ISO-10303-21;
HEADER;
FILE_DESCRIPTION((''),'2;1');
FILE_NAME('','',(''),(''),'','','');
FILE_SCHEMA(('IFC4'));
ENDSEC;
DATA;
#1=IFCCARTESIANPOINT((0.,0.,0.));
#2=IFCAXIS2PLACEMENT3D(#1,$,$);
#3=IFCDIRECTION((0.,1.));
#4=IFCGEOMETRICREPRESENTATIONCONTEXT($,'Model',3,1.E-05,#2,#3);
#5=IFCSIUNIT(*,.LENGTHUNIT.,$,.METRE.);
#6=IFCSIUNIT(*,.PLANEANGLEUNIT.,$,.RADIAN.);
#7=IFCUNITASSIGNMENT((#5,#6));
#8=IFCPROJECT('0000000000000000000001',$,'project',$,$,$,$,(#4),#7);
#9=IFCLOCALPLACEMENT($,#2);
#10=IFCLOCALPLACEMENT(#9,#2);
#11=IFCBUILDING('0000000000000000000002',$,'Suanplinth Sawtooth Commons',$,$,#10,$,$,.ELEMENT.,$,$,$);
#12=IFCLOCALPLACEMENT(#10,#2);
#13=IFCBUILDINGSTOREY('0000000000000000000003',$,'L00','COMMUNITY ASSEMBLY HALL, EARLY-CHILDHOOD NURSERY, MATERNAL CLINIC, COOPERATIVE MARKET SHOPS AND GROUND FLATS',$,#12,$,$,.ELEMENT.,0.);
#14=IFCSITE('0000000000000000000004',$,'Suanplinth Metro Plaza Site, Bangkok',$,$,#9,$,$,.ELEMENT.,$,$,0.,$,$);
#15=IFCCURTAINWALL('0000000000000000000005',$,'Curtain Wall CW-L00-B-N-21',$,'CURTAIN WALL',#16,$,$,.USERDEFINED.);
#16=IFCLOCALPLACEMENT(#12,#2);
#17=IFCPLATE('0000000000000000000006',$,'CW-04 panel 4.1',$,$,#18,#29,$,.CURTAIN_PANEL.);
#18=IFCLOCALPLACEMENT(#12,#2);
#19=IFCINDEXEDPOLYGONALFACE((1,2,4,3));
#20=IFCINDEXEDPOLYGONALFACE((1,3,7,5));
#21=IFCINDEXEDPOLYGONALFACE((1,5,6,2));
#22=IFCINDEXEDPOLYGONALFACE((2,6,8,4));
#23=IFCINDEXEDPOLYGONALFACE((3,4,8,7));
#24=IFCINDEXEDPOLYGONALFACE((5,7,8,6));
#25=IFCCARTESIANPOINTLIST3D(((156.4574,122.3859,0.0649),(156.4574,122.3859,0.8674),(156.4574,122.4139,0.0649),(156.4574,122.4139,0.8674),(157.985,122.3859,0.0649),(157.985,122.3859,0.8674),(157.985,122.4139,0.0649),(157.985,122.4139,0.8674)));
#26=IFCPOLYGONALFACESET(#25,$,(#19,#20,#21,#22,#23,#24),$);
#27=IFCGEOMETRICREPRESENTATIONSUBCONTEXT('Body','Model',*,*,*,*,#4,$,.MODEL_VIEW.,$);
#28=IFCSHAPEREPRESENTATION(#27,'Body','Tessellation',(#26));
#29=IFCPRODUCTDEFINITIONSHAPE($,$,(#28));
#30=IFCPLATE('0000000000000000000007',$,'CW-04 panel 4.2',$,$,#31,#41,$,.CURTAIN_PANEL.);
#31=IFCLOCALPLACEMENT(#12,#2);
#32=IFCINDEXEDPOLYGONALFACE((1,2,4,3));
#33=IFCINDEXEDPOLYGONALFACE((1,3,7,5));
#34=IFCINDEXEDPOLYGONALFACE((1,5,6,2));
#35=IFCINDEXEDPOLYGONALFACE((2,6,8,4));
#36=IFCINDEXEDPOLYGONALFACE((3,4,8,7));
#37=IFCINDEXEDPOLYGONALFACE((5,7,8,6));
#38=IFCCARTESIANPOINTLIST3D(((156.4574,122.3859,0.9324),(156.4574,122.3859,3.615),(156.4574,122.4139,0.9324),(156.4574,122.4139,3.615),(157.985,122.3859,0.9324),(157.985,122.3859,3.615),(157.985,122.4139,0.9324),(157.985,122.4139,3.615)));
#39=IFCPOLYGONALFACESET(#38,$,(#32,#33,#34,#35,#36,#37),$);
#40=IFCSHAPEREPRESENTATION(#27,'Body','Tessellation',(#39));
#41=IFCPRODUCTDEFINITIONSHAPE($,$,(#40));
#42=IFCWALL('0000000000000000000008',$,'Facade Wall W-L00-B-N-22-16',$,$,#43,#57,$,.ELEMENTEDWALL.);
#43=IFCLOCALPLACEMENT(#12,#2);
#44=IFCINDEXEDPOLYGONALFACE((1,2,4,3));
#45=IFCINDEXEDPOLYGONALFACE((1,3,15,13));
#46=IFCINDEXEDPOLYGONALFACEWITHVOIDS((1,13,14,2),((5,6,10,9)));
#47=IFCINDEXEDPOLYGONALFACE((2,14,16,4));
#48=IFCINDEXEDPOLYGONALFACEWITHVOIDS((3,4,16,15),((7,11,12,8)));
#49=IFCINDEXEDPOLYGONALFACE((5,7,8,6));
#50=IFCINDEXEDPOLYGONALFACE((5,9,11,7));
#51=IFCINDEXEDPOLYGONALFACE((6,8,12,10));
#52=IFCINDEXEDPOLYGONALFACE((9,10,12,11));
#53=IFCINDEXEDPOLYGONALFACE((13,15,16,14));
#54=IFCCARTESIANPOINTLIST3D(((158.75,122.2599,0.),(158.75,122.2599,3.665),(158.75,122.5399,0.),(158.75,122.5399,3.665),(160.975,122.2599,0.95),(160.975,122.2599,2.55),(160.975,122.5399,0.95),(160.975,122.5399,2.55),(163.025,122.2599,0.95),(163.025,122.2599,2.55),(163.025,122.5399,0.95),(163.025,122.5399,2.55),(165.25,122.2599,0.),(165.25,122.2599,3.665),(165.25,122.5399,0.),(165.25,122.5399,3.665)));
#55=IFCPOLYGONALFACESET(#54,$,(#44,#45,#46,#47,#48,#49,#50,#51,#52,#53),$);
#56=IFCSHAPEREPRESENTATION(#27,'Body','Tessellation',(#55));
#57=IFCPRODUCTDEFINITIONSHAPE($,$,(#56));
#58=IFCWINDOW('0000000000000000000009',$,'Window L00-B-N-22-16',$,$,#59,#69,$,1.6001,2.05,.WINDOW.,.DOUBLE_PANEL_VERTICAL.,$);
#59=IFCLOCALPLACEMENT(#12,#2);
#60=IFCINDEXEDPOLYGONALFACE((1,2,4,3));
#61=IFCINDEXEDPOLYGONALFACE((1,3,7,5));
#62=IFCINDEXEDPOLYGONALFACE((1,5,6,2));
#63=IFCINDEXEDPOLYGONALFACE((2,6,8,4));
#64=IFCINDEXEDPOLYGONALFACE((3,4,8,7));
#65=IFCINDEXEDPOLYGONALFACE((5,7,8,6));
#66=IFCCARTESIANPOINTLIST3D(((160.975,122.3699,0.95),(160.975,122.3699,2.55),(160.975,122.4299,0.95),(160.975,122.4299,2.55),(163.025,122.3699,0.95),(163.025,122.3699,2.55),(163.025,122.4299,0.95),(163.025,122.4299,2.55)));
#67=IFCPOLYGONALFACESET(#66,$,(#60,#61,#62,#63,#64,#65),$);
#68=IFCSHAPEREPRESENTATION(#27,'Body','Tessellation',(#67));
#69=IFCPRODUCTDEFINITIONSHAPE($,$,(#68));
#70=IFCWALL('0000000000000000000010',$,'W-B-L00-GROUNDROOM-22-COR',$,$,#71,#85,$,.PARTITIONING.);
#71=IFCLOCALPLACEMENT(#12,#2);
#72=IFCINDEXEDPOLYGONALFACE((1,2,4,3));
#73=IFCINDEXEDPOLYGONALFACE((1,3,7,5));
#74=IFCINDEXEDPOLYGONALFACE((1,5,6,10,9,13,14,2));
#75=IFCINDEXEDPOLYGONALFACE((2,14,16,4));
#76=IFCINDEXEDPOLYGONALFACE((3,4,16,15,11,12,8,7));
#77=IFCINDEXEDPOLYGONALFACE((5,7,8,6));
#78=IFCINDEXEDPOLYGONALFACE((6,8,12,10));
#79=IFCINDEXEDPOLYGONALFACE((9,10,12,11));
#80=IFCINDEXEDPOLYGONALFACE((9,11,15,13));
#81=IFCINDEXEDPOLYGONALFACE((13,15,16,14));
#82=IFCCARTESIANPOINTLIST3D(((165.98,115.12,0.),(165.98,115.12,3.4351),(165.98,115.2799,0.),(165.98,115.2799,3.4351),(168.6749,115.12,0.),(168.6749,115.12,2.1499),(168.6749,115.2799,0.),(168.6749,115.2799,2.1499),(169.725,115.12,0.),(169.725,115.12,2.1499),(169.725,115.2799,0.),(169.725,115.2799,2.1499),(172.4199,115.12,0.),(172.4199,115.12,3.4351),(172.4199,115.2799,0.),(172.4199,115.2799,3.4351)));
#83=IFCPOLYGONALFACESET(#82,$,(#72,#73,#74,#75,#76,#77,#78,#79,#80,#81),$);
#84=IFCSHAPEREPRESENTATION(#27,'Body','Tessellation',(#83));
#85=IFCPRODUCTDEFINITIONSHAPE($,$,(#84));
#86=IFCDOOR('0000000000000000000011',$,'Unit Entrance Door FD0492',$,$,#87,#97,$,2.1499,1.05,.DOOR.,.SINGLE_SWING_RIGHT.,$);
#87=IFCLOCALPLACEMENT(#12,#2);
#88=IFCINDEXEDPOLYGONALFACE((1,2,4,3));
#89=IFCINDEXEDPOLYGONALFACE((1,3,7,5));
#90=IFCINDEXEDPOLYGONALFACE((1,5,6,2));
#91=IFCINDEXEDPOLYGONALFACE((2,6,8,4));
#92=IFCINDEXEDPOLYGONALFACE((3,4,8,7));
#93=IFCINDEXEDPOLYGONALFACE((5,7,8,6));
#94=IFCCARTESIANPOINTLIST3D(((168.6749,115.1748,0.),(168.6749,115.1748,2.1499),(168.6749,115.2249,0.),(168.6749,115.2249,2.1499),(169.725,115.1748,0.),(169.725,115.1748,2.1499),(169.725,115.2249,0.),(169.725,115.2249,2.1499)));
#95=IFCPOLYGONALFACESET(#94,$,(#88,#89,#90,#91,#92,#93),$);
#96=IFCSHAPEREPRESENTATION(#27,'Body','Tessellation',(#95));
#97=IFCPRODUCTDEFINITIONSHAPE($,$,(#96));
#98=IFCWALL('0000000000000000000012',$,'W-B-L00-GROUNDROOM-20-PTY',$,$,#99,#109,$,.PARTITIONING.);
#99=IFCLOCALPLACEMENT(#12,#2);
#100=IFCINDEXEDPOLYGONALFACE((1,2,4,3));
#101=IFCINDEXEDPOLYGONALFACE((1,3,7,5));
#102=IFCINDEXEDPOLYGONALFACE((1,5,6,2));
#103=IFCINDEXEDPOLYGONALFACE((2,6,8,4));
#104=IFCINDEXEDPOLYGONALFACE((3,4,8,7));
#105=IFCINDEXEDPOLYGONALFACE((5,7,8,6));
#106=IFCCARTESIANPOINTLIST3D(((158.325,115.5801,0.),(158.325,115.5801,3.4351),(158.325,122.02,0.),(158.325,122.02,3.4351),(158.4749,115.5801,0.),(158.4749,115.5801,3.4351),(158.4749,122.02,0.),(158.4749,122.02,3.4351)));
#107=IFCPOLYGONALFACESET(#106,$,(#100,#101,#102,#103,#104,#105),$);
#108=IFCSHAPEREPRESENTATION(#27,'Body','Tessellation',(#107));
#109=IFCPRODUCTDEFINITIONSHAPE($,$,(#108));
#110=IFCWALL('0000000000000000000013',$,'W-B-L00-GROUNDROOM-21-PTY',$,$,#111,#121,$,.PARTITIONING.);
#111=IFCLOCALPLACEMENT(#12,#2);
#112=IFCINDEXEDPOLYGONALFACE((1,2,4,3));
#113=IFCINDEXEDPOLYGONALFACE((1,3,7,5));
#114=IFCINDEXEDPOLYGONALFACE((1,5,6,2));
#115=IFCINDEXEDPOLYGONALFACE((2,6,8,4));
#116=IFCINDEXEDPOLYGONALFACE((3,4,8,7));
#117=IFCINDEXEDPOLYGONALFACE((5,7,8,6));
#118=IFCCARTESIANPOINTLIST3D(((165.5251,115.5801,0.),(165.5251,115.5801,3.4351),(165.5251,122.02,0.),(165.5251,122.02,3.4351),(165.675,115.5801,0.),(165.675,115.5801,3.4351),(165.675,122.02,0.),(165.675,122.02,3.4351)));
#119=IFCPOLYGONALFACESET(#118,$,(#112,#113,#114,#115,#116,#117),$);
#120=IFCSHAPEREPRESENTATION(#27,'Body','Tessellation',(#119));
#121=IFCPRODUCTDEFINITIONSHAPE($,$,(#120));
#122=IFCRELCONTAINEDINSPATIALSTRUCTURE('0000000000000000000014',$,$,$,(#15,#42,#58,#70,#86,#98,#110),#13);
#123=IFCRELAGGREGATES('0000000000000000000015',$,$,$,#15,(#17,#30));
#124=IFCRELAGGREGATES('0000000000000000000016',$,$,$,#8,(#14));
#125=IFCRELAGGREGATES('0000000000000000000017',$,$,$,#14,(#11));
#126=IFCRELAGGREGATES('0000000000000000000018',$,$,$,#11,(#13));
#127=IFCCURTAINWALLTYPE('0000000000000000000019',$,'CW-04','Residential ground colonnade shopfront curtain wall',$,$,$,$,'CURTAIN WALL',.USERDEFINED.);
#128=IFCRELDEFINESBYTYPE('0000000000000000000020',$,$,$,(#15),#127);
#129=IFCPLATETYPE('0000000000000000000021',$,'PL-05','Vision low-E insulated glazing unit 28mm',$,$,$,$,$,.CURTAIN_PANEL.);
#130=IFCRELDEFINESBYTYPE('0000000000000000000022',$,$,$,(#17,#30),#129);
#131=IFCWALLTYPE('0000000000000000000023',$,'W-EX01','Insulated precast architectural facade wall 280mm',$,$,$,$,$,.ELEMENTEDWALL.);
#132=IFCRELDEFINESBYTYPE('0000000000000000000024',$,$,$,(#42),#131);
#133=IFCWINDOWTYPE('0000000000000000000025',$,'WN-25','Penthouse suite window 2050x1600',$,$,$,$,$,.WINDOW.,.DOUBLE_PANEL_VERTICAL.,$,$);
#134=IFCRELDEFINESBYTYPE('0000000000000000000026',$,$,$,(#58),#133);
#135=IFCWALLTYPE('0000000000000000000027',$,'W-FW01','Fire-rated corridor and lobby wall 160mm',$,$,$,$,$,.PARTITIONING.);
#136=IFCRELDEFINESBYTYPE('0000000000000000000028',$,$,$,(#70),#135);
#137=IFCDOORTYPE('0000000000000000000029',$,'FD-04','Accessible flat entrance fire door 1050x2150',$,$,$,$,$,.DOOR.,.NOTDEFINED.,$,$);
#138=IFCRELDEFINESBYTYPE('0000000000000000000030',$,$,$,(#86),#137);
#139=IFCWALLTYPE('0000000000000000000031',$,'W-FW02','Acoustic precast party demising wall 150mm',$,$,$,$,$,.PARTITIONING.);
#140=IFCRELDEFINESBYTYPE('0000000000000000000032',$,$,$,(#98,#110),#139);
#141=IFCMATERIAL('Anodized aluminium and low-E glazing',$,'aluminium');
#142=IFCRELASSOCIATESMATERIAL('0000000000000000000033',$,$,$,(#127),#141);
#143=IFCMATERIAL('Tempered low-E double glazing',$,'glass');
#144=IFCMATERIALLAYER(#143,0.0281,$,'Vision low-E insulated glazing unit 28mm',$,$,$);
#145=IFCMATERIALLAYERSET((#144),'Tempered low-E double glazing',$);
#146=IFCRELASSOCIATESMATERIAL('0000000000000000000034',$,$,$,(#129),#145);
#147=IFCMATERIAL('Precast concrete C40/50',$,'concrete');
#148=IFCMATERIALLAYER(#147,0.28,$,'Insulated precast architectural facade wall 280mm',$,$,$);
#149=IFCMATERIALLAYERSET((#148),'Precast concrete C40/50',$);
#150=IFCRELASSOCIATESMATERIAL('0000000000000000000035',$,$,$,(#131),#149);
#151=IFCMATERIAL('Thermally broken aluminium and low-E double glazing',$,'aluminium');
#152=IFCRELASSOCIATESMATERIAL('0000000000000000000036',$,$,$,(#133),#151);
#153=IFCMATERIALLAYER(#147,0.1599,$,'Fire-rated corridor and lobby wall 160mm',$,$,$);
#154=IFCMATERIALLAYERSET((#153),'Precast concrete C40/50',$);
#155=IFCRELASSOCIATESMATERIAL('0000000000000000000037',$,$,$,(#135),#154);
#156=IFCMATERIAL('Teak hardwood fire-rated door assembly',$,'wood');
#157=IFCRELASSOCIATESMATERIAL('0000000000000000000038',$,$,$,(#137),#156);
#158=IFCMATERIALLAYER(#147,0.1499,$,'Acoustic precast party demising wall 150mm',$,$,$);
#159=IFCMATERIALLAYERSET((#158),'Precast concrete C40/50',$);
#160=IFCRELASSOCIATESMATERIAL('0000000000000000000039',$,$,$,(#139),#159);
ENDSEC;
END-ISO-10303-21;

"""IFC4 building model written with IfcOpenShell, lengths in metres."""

from ifc_helpers import new_model, si_unit, direction, frame, frame_2d, origin, origin_2d, place, context, subcontext, project, spatial, rectangle, extrude, material, layer, layer_set, type_object, element, fill, aggregate, save


model = new_model("IFC4")

# Units and contexts
model_context = context("Model", 3, precision=1e-05, world=origin(), true_north=direction((0.0, 1.0)))
body_context = subcontext(model_context, "Body", "Model", "MODEL_VIEW")
ifc_project = project(units=[si_unit("LENGTHUNIT", "METRE"), si_unit("PLANEANGLEUNIT", "RADIAN")], contexts=[model_context])

# Site, building, storey
site_placement = place(None, origin())
site = spatial("IfcSite", under=ifc_project, at=site_placement, Name="Suanplinth Metro Plaza Site, Bangkok", CompositionType="ELEMENT", RefElevation=0.0)
building_placement = place(site_placement, origin())
building = spatial("IfcBuilding", under=site, at=building_placement, Name="Suanplinth Sawtooth Commons", CompositionType="ELEMENT")
storey_placement = place(building_placement, origin())
storey = spatial("IfcBuildingStorey", under=building, at=storey_placement, Name="L00", Description="COMMUNITY ASSEMBLY HALL, EARLY-CHILDHOOD NURSERY, MATERNAL CLINIC, COOPERATIVE MARKET SHOPS AND GROUND FLATS", CompositionType="ELEMENT", Elevation=0.0)

# Shared definitions
ifc_material_1 = material(Name="Precast concrete C40/50", Category="concrete")

# Curtain wall
ifc_material_2 = material(Name="Anodized aluminium and low-E glazing", Category="aluminium")
curtain_wall_type = type_object("IfcCurtainWallType", Name="CW-04", Description="Residential ground colonnade shopfront curtain wall", ElementType="CURTAIN WALL", PredefinedType="USERDEFINED", material=ifc_material_2)
curtain_wall_1_placement = place(storey_placement, origin())
curtain_wall_1 = element("IfcCurtainWall", 1, at=curtain_wall_1_placement, inside=storey, type_object=curtain_wall_type, Name="Curtain Wall CW-L00-B-N-21", ObjectType="CURTAIN WALL", PredefinedType="USERDEFINED")

# Plates
ifc_material_3 = material(Name="Tempered low-E double glazing", Category="glass")
ifc_layer_1 = layer(ifc_material_3, 0.0281, Name="Vision low-E insulated glazing unit 28mm")
ifc_layer_set_1 = layer_set([ifc_layer_1], Name="Tempered low-E double glazing")
plate_type = type_object("IfcPlateType", Name="PL-05", Description="Vision low-E insulated glazing unit 28mm", PredefinedType="CURTAIN_PANEL", material=ifc_layer_set_1)
plate_1_placement = place(storey_placement, frame((157.2212, 122.3999, 0.0649), z_axis=(0.0, 0.0, 1.0), x_axis=(1.0, 0.0, 0.0)))
plate_1 = element("IfcPlate", 2, at=plate_1_placement, type_object=plate_type, Name="CW-04 panel 4.1", PredefinedType="CURTAIN_PANEL", context=body_context, shape_type="SweptSolid", body=[
    extrude(rectangle(XDim=1.5276, YDim=0.0281, at=origin_2d()), origin(), (0.0, 0.0, 1.0), 0.8025),
])
plate_2_placement = place(storey_placement, frame((157.2212, 122.3999, 0.9324), z_axis=(0.0, 0.0, 1.0), x_axis=(1.0, 0.0, 0.0)))
plate_2 = element("IfcPlate", 3, at=plate_2_placement, type_object=plate_type, Name="CW-04 panel 4.2", PredefinedType="CURTAIN_PANEL", context=body_context, shape_type="SweptSolid", body=[
    extrude(rectangle(XDim=1.5276, YDim=0.0281, at=origin_2d()), origin(), (0.0, 0.0, 1.0), 2.6826),
])
aggregate(curtain_wall_1, [plate_1, plate_2])

# Wall, opening, window
ifc_layer_2 = layer(ifc_material_1, 0.28, Name="Insulated precast architectural facade wall 280mm")
ifc_layer_set_2 = layer_set([ifc_layer_2], Name="Precast concrete C40/50")
wall_type_1 = type_object("IfcWallType", Name="W-EX01", Description="Insulated precast architectural facade wall 280mm", PredefinedType="ELEMENTEDWALL", material=ifc_layer_set_2)
wall_1_placement = place(storey_placement, frame((158.75, 122.3999, 0.0), z_axis=(0.0, 0.0, 1.0), x_axis=(1.0, 0.0, 0.0)))
wall_1 = element("IfcWall", 4, at=wall_1_placement, inside=storey, type_object=wall_type_1, Name="Facade Wall W-L00-B-N-22-16", PredefinedType="ELEMENTEDWALL", context=body_context, shape_type="SweptSolid", body=[
    extrude(rectangle(XDim=6.5, YDim=0.28, at=frame_2d((3.25, 0.0))), origin(), (0.0, 0.0, 1.0), 3.665),
])
opening_1_placement = place(wall_1_placement, frame((2.2251, 0.0, 0.95)))
opening_1 = element("IfcOpeningElement", 5, at=opening_1_placement, cuts=wall_1, PredefinedType="OPENING", context=body_context, shape_type="SweptSolid", body=[
    extrude(rectangle(XDim=2.05, YDim=1.6001, at=frame_2d((1.0249, 0.8))), frame((0.0, 0.1548, 0.0), z_axis=(0.0, -1.0, 0.0), x_axis=(1.0, 0.0, 0.0)), (0.0, 0.0, 1.0), 0.3098),
])
ifc_material_4 = material(Name="Thermally broken aluminium and low-E double glazing", Category="aluminium")
window_type = type_object("IfcWindowType", Name="WN-25", Description="Penthouse suite window 2050x1600", PartitioningType="DOUBLE_PANEL_VERTICAL", PredefinedType="WINDOW", material=ifc_material_4)
window_placement = place(opening_1_placement, origin())
window = element("IfcWindow", 6, at=window_placement, inside=storey, type_object=window_type, Name="Window L00-B-N-22-16", OverallHeight=1.6001, OverallWidth=2.05, PartitioningType="DOUBLE_PANEL_VERTICAL", PredefinedType="WINDOW", context=body_context, shape_type="SweptSolid", body=[
    extrude(rectangle(XDim=2.05, YDim=1.6001, at=frame_2d((1.0249, 0.8))), frame((0.0, 0.03, 0.0), z_axis=(0.0, -1.0, 0.0), x_axis=(1.0, 0.0, 0.0)), (0.0, 0.0, 1.0), 0.0601),
])
fill(opening_1, window)

# Wall, opening, door
ifc_layer_3 = layer(ifc_material_1, 0.1599, Name="Fire-rated corridor and lobby wall 160mm")
ifc_layer_set_3 = layer_set([ifc_layer_3], Name="Precast concrete C40/50")
wall_type_2 = type_object("IfcWallType", Name="W-FW01", Description="Fire-rated corridor and lobby wall 160mm", PredefinedType="PARTITIONING", material=ifc_layer_set_3)
wall_2_placement = place(storey_placement, frame((165.98, 115.2, 0.0), z_axis=(0.0, 0.0, 1.0), x_axis=(1.0, 0.0, 0.0)))
wall_2 = element("IfcWall", 7, at=wall_2_placement, inside=storey, type_object=wall_type_2, Name="W-B-L00-GROUNDROOM-22-COR", PredefinedType="PARTITIONING", context=body_context, shape_type="SweptSolid", body=[
    extrude(rectangle(XDim=6.4399, YDim=0.1599, at=frame_2d((3.22, 0.0))), origin(), (0.0, 0.0, 1.0), 3.4351),
])
opening_2_placement = place(wall_2_placement, frame((2.6951, 0.0, 0.0)))
opening_2 = element("IfcOpeningElement", 8, at=opening_2_placement, cuts=wall_2, PredefinedType="OPENING", context=body_context, shape_type="SweptSolid", body=[
    extrude(rectangle(XDim=1.05, YDim=2.1499, at=frame_2d((0.5249, 1.075))), frame((0.0, 0.0947, 0.0), z_axis=(0.0, -1.0, 0.0), x_axis=(1.0, 0.0, 0.0)), (0.0, 0.0, 1.0), 0.1897),
])
ifc_material_5 = material(Name="Teak hardwood fire-rated door assembly", Category="wood")
door_type = type_object("IfcDoorType", Name="FD-04", Description="Accessible flat entrance fire door 1050x2150", OperationType="NOTDEFINED", PredefinedType="DOOR", material=ifc_material_5)
door_placement = place(opening_2_placement, origin())
door = element("IfcDoor", 9, at=door_placement, inside=storey, type_object=door_type, Name="Unit Entrance Door FD0492", OperationType="SINGLE_SWING_RIGHT", OverallHeight=2.1499, OverallWidth=1.05, PredefinedType="DOOR", context=body_context, shape_type="SweptSolid", body=[
    extrude(rectangle(XDim=1.05, YDim=2.1499, at=frame_2d((0.5249, 1.075))), frame((0.0, 0.0249, 0.0), z_axis=(0.0, -1.0, 0.0), x_axis=(1.0, 0.0, 0.0)), (0.0, 0.0, 1.0), 0.05),
])
fill(opening_2, door)

# Walls
ifc_layer_4 = layer(ifc_material_1, 0.1499, Name="Acoustic precast party demising wall 150mm")
ifc_layer_set_4 = layer_set([ifc_layer_4], Name="Precast concrete C40/50")
wall_type_3 = type_object("IfcWallType", Name="W-FW02", Description="Acoustic precast party demising wall 150mm", PredefinedType="PARTITIONING", material=ifc_layer_set_4)
for number, where, z_axis, x_axis, name in (
    (10, (158.3999, 115.5801, 0.0), (0.0, 0.0, 1.0), (0.0, 1.0, 0.0), "W-B-L00-GROUNDROOM-20-PTY"),
    (11, (165.6001, 115.5801, 0.0), (0.0, 0.0, 1.0), (0.0, 1.0, 0.0), "W-B-L00-GROUNDROOM-21-PTY"),
):
    element("IfcWall", number, at=place(storey_placement, frame(where, z_axis=z_axis, x_axis=x_axis)), inside=storey, type_object=wall_type_3, Name=name, PredefinedType="PARTITIONING", context=body_context, shape_type="SweptSolid", body=[
        extrude(rectangle(XDim=6.4399, YDim=0.1499, at=frame_2d((3.22, 0.0))), origin(), (0.0, 0.0, 1.0), 3.4351),
    ])

save(model, "model.ifc")
